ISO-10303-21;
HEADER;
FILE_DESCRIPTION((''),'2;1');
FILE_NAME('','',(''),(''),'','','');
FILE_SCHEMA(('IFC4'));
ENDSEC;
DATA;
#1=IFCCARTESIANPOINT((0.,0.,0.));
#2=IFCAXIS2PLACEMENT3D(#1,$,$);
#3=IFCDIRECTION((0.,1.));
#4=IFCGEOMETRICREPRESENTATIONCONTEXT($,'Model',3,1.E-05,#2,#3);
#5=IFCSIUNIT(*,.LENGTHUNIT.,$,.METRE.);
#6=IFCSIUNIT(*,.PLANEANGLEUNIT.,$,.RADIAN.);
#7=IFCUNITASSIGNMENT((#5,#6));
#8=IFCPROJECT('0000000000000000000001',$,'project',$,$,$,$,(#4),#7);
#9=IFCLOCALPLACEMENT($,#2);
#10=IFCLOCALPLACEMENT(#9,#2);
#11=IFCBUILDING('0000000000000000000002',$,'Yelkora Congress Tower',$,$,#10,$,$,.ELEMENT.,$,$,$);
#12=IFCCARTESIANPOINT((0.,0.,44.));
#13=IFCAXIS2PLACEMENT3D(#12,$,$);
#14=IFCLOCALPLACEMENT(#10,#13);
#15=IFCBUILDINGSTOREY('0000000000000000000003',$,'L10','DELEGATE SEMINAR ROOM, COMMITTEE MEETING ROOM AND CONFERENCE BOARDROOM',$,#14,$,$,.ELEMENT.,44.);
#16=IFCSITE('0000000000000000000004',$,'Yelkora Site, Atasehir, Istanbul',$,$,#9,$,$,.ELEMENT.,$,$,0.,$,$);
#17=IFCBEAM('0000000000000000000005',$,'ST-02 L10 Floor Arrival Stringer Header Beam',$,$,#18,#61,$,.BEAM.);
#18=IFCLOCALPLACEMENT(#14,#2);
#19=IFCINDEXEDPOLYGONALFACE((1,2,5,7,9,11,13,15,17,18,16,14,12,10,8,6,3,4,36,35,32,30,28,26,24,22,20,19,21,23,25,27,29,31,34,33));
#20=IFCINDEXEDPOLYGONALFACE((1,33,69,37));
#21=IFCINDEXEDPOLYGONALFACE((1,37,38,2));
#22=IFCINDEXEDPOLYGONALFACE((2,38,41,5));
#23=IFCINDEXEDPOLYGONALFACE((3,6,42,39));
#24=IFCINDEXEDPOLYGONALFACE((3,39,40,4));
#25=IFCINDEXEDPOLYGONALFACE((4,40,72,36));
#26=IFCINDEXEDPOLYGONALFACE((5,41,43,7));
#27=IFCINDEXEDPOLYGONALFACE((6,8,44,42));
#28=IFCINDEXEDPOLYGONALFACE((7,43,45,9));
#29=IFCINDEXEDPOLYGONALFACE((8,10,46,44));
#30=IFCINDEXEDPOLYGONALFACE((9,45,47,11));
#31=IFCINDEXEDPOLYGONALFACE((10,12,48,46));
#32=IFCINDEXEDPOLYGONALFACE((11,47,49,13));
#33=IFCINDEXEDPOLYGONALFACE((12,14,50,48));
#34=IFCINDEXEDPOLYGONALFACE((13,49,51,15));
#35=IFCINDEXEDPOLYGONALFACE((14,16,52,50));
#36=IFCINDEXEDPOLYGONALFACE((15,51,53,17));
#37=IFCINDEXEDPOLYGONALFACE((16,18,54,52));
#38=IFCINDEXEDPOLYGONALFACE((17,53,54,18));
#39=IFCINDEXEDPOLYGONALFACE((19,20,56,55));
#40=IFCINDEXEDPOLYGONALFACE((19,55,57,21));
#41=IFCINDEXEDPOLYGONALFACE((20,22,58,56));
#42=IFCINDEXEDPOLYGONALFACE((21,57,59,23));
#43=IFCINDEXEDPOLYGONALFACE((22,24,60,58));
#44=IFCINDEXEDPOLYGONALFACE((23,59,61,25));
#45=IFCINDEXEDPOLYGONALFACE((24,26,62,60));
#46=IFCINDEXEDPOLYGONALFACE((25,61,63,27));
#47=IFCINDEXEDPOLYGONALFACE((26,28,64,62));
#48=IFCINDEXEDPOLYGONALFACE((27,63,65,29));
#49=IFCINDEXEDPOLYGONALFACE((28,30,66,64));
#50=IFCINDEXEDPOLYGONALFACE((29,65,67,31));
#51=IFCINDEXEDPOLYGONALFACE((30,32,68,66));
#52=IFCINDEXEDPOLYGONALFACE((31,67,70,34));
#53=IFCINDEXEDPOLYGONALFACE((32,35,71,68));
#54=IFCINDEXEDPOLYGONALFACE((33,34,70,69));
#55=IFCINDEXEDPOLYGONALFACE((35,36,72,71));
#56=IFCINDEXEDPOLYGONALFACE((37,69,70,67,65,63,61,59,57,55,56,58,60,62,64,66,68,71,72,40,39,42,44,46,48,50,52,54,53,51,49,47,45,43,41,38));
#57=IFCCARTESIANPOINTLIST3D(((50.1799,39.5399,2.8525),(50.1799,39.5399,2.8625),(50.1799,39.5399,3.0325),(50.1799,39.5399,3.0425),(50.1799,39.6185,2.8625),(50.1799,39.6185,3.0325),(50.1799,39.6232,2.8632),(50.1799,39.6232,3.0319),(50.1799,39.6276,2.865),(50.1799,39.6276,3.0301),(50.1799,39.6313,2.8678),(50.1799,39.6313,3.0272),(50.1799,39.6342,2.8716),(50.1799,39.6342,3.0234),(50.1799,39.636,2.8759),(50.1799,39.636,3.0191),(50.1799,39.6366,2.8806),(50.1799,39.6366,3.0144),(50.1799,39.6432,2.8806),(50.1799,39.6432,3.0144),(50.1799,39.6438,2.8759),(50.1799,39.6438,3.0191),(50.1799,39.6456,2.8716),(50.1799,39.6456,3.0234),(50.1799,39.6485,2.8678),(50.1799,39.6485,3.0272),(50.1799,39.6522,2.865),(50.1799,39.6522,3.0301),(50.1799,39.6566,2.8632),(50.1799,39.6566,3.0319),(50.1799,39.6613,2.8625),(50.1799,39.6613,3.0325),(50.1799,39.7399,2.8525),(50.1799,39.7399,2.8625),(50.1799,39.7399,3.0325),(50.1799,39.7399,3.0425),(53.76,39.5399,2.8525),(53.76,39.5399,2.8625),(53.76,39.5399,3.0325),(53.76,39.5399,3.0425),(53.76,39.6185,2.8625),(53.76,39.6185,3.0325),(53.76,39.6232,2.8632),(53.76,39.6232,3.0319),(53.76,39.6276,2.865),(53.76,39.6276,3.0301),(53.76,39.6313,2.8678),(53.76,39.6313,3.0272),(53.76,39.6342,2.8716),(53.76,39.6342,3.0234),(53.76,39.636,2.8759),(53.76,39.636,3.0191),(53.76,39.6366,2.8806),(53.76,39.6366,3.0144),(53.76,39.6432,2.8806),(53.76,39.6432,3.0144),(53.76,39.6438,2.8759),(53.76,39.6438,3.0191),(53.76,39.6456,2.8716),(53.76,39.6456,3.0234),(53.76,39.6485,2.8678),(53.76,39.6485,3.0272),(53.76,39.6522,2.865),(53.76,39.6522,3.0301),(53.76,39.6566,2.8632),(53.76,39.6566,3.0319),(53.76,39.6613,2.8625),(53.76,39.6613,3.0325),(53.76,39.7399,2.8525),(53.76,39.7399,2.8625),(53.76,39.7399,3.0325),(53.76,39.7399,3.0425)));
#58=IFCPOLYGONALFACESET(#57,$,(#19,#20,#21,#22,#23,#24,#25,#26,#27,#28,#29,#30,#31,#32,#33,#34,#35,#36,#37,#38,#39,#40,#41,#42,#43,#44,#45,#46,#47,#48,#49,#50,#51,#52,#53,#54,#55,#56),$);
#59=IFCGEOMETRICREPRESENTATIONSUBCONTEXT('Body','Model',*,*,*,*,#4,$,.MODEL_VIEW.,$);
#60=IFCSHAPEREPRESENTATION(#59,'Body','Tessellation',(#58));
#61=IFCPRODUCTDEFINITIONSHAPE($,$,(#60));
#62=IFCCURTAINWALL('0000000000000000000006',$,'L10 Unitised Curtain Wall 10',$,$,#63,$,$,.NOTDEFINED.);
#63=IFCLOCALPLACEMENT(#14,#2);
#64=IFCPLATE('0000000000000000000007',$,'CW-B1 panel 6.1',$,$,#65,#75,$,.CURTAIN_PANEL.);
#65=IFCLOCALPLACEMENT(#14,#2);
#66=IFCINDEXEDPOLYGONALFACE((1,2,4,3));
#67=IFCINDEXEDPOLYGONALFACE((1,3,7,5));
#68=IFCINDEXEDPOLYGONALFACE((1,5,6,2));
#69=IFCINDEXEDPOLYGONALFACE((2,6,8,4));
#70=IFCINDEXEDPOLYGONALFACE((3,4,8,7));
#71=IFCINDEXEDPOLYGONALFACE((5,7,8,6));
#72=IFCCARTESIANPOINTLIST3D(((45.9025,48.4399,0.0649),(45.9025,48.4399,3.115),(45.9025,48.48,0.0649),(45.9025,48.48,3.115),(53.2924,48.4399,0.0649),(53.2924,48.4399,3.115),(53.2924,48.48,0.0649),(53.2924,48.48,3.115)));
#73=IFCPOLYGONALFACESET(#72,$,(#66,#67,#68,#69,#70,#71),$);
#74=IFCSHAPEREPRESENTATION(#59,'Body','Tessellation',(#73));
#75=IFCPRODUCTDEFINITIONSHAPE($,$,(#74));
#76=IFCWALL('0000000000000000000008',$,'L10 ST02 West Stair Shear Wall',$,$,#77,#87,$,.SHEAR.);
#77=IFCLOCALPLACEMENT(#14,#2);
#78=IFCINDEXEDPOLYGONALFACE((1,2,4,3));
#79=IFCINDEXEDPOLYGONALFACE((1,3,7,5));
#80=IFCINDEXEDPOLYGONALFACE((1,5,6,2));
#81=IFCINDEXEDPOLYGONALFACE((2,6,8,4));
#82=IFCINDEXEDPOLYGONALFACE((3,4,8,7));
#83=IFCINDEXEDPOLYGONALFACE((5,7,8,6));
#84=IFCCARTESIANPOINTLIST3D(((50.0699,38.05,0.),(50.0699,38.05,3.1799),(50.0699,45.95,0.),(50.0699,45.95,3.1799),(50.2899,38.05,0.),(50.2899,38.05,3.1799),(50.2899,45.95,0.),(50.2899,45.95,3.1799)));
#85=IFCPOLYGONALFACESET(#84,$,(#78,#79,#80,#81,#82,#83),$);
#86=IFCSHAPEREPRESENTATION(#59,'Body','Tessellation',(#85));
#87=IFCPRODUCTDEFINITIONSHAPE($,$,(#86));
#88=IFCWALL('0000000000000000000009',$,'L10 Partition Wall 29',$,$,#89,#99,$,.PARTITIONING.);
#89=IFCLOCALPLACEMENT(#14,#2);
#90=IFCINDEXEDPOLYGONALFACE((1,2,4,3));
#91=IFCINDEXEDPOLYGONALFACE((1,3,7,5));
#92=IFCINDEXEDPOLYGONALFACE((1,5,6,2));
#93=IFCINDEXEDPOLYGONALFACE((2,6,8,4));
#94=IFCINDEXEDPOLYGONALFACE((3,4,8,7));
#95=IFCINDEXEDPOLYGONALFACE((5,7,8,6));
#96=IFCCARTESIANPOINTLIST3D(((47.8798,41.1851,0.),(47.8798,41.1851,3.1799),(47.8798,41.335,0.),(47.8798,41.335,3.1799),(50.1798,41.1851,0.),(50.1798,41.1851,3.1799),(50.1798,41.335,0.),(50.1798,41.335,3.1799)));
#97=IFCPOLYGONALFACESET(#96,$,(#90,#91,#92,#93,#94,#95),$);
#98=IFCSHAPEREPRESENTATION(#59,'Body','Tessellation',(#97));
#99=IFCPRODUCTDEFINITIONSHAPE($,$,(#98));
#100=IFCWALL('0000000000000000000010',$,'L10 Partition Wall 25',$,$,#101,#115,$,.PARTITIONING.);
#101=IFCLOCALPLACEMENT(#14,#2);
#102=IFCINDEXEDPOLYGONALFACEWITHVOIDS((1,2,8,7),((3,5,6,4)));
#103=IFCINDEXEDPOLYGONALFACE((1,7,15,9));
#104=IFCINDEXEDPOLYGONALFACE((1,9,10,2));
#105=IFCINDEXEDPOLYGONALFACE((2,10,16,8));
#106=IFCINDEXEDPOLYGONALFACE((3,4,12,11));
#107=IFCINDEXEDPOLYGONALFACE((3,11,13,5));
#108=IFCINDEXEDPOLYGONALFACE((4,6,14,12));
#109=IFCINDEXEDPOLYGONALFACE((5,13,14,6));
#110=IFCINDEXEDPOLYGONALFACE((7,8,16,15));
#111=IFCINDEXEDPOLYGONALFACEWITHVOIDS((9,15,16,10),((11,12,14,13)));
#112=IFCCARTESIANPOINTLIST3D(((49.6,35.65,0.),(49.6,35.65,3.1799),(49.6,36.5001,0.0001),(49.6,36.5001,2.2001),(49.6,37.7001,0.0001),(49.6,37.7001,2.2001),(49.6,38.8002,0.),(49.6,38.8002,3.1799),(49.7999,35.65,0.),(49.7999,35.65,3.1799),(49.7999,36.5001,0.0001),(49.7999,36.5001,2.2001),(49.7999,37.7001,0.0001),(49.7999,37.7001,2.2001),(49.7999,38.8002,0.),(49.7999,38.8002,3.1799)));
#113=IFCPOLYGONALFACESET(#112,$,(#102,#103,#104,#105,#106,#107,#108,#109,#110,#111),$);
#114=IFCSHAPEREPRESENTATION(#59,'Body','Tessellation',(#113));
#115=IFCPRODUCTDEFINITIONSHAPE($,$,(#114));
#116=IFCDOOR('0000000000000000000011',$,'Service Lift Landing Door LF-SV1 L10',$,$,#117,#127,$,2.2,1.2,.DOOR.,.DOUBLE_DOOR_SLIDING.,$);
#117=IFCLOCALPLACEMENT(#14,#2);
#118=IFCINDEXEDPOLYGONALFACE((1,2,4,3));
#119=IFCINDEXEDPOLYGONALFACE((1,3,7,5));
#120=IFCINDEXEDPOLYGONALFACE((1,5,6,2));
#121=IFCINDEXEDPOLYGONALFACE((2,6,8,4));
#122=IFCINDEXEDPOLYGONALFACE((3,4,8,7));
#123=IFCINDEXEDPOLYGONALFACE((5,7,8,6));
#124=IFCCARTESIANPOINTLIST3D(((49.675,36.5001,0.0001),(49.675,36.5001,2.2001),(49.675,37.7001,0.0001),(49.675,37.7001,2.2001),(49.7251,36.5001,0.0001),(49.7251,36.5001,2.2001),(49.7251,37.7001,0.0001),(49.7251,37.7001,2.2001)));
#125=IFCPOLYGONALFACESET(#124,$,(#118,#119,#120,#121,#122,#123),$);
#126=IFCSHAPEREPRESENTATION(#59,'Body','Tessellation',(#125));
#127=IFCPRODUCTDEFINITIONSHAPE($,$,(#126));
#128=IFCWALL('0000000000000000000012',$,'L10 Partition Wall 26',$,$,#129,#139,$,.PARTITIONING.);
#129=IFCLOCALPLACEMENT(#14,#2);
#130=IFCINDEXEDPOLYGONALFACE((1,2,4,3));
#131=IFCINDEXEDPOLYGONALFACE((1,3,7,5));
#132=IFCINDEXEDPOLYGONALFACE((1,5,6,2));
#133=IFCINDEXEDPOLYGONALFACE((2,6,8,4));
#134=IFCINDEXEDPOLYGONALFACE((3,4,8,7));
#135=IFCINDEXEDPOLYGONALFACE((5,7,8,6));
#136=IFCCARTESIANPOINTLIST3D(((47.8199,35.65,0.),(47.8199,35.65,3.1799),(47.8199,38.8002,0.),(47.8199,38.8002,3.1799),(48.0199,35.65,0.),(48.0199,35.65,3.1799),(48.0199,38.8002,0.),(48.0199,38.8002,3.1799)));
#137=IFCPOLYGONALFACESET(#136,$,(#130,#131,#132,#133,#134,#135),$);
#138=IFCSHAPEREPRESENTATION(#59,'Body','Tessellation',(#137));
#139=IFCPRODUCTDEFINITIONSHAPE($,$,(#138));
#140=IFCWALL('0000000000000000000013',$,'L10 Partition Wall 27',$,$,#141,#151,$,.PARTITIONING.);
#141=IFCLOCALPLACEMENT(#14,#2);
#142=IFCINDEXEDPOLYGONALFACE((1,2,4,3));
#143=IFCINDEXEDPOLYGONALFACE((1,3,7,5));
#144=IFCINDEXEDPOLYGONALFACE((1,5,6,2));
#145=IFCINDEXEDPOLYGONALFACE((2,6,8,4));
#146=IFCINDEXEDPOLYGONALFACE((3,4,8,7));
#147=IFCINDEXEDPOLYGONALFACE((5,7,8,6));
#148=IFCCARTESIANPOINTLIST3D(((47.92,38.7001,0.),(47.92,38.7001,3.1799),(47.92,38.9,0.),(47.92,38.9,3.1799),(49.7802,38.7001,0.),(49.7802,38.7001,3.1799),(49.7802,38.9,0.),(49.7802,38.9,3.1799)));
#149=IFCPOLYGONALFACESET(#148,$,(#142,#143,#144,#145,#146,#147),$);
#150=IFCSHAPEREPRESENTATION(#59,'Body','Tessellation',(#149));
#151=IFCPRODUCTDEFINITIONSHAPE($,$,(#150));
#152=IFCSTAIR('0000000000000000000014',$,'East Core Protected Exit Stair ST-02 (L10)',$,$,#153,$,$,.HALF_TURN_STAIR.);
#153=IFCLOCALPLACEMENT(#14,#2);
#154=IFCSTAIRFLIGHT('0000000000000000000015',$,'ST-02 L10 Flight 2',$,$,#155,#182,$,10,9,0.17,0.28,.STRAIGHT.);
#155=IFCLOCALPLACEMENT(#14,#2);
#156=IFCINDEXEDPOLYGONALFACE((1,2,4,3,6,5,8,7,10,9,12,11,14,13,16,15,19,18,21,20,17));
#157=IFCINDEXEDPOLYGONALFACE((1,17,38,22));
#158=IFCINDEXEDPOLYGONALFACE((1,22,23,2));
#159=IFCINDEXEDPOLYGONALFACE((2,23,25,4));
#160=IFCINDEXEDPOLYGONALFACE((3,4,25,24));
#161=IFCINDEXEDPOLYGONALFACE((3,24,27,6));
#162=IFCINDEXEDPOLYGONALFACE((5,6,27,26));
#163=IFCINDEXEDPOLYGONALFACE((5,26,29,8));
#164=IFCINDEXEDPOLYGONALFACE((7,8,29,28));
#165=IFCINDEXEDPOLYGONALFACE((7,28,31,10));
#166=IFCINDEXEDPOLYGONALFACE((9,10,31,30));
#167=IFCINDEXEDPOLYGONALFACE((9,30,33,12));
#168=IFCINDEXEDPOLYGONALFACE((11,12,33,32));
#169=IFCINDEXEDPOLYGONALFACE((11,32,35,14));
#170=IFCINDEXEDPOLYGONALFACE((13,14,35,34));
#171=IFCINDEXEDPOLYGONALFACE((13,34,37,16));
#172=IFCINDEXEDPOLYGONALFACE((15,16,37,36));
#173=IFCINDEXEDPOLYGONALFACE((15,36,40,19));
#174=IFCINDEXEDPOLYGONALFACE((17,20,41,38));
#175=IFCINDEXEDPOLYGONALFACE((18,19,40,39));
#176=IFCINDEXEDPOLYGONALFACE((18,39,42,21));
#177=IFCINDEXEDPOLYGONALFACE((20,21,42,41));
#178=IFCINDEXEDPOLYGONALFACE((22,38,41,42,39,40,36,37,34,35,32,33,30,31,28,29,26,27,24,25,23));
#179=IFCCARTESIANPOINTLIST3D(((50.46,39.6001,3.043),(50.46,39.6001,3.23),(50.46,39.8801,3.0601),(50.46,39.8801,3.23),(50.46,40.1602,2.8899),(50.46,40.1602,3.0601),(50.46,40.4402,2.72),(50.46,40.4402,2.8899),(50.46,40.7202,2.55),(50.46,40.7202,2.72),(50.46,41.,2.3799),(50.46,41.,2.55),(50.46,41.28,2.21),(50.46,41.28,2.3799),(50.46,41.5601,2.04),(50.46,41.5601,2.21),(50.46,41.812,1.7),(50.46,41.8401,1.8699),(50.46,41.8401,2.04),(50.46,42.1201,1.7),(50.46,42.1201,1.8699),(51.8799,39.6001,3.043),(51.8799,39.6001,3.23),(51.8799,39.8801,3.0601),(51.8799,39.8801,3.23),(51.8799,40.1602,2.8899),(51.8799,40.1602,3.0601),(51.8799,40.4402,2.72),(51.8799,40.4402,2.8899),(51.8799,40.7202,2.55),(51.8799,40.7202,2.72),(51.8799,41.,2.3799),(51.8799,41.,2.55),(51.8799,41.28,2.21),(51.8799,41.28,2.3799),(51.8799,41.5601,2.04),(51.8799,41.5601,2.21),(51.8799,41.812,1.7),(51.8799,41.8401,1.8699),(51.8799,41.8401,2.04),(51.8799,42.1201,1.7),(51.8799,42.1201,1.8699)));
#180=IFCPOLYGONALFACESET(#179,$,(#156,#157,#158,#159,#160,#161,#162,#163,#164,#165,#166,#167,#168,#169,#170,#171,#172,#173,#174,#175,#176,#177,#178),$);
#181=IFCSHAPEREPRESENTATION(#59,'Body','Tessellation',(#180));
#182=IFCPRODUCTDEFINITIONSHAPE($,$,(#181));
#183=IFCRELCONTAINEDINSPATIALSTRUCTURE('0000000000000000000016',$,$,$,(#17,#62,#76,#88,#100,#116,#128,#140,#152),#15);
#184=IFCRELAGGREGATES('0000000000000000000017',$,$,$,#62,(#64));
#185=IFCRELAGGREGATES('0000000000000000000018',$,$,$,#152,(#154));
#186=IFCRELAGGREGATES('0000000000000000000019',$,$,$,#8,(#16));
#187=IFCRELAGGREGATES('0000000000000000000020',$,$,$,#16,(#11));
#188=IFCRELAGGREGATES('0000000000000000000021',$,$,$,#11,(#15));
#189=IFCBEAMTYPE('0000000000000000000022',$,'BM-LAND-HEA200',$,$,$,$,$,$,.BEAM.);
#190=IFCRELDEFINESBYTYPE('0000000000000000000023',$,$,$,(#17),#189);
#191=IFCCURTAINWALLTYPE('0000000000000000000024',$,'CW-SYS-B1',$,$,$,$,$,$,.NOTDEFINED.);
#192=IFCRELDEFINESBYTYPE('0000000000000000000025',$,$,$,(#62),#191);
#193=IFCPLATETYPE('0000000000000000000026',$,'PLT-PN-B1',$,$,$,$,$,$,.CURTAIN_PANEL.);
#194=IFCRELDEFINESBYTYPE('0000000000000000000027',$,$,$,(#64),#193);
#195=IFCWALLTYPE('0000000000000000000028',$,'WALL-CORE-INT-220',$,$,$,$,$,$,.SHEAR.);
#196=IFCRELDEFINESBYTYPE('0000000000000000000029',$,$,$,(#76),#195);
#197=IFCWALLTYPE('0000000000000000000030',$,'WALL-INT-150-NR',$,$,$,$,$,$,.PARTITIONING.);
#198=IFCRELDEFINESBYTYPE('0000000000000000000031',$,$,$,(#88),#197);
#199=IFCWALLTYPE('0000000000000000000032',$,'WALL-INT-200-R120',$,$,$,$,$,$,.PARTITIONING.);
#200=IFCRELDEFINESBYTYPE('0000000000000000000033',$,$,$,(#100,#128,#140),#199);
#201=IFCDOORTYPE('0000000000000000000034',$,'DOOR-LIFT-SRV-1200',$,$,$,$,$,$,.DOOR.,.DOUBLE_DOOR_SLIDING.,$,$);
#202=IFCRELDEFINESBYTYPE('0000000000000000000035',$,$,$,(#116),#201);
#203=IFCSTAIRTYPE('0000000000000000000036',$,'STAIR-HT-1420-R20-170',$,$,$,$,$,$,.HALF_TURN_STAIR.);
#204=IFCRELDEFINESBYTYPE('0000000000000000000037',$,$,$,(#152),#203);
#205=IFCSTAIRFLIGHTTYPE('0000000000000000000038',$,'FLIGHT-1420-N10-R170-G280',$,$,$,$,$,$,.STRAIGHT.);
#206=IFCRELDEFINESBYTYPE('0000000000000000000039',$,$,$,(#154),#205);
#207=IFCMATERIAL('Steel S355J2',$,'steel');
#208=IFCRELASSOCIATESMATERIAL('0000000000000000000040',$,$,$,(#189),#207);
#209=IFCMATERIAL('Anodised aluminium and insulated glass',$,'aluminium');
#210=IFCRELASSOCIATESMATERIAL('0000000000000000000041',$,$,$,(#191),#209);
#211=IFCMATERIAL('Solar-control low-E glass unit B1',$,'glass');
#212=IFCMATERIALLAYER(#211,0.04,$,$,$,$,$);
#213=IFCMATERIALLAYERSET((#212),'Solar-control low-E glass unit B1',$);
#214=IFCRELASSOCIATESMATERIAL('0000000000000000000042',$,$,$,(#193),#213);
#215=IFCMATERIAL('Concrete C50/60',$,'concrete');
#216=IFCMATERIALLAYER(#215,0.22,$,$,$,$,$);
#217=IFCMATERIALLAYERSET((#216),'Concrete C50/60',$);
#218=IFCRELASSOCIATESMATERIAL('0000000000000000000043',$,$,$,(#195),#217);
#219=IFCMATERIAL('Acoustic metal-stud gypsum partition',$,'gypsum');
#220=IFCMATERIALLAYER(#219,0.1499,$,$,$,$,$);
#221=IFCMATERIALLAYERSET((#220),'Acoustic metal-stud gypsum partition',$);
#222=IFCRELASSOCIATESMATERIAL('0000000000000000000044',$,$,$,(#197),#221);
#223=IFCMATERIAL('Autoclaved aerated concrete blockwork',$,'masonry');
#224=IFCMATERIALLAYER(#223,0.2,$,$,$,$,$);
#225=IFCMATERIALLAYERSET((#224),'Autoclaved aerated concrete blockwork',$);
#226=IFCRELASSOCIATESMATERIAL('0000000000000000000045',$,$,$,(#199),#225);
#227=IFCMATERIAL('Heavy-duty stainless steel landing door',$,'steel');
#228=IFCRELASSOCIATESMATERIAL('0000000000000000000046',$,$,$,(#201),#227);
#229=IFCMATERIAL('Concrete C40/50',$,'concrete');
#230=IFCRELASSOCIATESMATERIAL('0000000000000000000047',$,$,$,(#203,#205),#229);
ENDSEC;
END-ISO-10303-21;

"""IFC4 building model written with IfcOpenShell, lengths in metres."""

from ifc_helpers import new_model, si_unit, direction, frame, frame_2d, origin, origin_2d, place, context, subcontext, project, spatial, polyline, rectangle, i_section, outline, extrude, material, layer, layer_set, material_profile, profile_set, type_object, element, fill, aggregate, save


model = new_model("IFC4")

# Units and contexts
model_context = context("Model", 3, precision=1e-05, world=origin(), true_north=direction((0.0, 1.0)))
body_context = subcontext(model_context, "Body", "Model", "MODEL_VIEW")
ifc_project = project(units=[si_unit("LENGTHUNIT", "METRE"), si_unit("PLANEANGLEUNIT", "RADIAN")], contexts=[model_context])

# Site, building, storey
site_placement = place(None, origin())
site = spatial("IfcSite", under=ifc_project, at=site_placement, Name="Yelkora Site, Atasehir, Istanbul", CompositionType="ELEMENT", RefElevation=0.0)
building_placement = place(site_placement, origin())
building = spatial("IfcBuilding", under=site, at=building_placement, Name="Yelkora Congress Tower", CompositionType="ELEMENT")
storey_placement = place(building_placement, frame((0.0, 0.0, 44.0)))
storey = spatial("IfcBuildingStorey", under=building, at=storey_placement, Name="L10", Description="DELEGATE SEMINAR ROOM, COMMITTEE MEETING ROOM AND CONFERENCE BOARDROOM", CompositionType="ELEMENT", Elevation=44.0)

# Beam
ifc_material_1 = material(Name="Steel S355J2", Category="steel")
ifc_material_profile_1 = material_profile(ifc_material_1, i_section(OverallWidth=0.2, OverallDepth=0.1899, WebThickness=0.0066, FlangeThickness=0.01, FilletRadius=0.0181, at=origin_2d()), Name="HEA 200")
ifc_profile_set_1 = profile_set([ifc_material_profile_1], Name="Steel S355J2")
beam_type = type_object("IfcBeamType", Name="BM-LAND-HEA200", PredefinedType="BEAM", material=ifc_profile_set_1)
beam_1_placement = place(storey_placement, frame((50.1799, 39.6399, 2.9475), z_axis=(1.0, 0.0, 0.0), x_axis=(0.0, 1.0, 0.0)))
element("IfcBeam", 1, at=beam_1_placement, inside=storey, type_object=beam_type, Name="ST-02 L10 Floor Arrival Stringer Header Beam", PredefinedType="BEAM", context=body_context, shape_type="SweptSolid", body=[
    extrude(i_section(OverallWidth=0.2, OverallDepth=0.1899, WebThickness=0.0066, FlangeThickness=0.01, FilletRadius=0.0181, at=origin_2d()), origin(), (0.0, 0.0, 1.0), 3.5801),
])

# Curtain wall, plate
ifc_material_2 = material(Name="Anodised aluminium and insulated glass", Category="aluminium")
curtain_wall_type = type_object("IfcCurtainWallType", Name="CW-SYS-B1", PredefinedType="NOTDEFINED", material=ifc_material_2)
curtain_wall_placement = place(storey_placement, origin())
curtain_wall = element("IfcCurtainWall", 2, at=curtain_wall_placement, inside=storey, type_object=curtain_wall_type, Name="L10 Unitised Curtain Wall 10", PredefinedType="NOTDEFINED")
ifc_material_3 = material(Name="Solar-control low-E glass unit B1", Category="glass")
ifc_layer_1 = layer(ifc_material_3, 0.04)
ifc_layer_set_1 = layer_set([ifc_layer_1], Name="Solar-control low-E glass unit B1")
plate_type = type_object("IfcPlateType", Name="PLT-PN-B1", PredefinedType="CURTAIN_PANEL", material=ifc_layer_set_1)
plate_placement = place(storey_placement, frame((49.5974, 48.46, 0.0649), z_axis=(0.0, 0.0, 1.0), x_axis=(1.0, 0.0, 0.0)))
plate = element("IfcPlate", 3, at=plate_placement, type_object=plate_type, Name="CW-B1 panel 6.1", PredefinedType="CURTAIN_PANEL", context=body_context, shape_type="SweptSolid", body=[
    extrude(rectangle(XDim=7.3899, YDim=0.04, at=origin_2d()), origin(), (0.0, 0.0, 1.0), 3.05),
])
aggregate(curtain_wall, [plate])

# Walls
ifc_material_4 = material(Name="Concrete C50/60", Category="concrete")
ifc_layer_2 = layer(ifc_material_4, 0.22)
ifc_layer_set_2 = layer_set([ifc_layer_2], Name="Concrete C50/60")
wall_type_1 = type_object("IfcWallType", Name="WALL-CORE-INT-220", PredefinedType="SHEAR", material=ifc_layer_set_2)
wall_1_placement = place(storey_placement, frame((50.1799, 38.05, 0.0), z_axis=(0.0, 0.0, 1.0), x_axis=(0.0, 1.0, 0.0)))
element("IfcWall", 4, at=wall_1_placement, inside=storey, type_object=wall_type_1, Name="L10 ST02 West Stair Shear Wall", PredefinedType="SHEAR", context=body_context, shape_type="SweptSolid", body=[
    extrude(rectangle(XDim=7.8999, YDim=0.22, at=frame_2d((3.95, 0.0))), origin(), (0.0, 0.0, 1.0), 3.1799),
])
ifc_material_5 = material(Name="Acoustic metal-stud gypsum partition", Category="gypsum")
ifc_layer_3 = layer(ifc_material_5, 0.1499)
ifc_layer_set_3 = layer_set([ifc_layer_3], Name="Acoustic metal-stud gypsum partition")
wall_type_2 = type_object("IfcWallType", Name="WALL-INT-150-NR", PredefinedType="PARTITIONING", material=ifc_layer_set_3)
wall_2_placement = place(storey_placement, frame((47.8799, 41.26, 0.0), z_axis=(0.0, 0.0, 1.0), x_axis=(1.0, 0.0, 0.0)))
element("IfcWall", 5, at=wall_2_placement, inside=storey, type_object=wall_type_2, Name="L10 Partition Wall 29", PredefinedType="PARTITIONING", context=body_context, shape_type="SweptSolid", body=[
    extrude(rectangle(XDim=2.3, YDim=0.1499, at=frame_2d((1.1499, 0.0))), origin(), (0.0, 0.0, 1.0), 3.1799),
])

# Wall, opening, door
ifc_material_6 = material(Name="Autoclaved aerated concrete blockwork", Category="masonry")
ifc_layer_4 = layer(ifc_material_6, 0.2)
ifc_layer_set_4 = layer_set([ifc_layer_4], Name="Autoclaved aerated concrete blockwork")
wall_type_3 = type_object("IfcWallType", Name="WALL-INT-200-R120", PredefinedType="PARTITIONING", material=ifc_layer_set_4)
wall_3_placement = place(storey_placement, frame((49.7, 35.6499, 0.0), z_axis=(0.0, 0.0, 1.0), x_axis=(0.0, 1.0, 0.0)))
wall_3 = element("IfcWall", 6, at=wall_3_placement, inside=storey, type_object=wall_type_3, Name="L10 Partition Wall 25", PredefinedType="PARTITIONING", context=body_context, shape_type="SweptSolid", body=[
    extrude(rectangle(XDim=3.1501, YDim=0.2, at=frame_2d((1.5752, 0.0))), origin(), (0.0, 0.0, 1.0), 3.1799),
])
opening_1_placement = place(wall_3_placement, frame((0.8501, 0.0, 0.0)))
opening_1 = element("IfcOpeningElement", 7, at=opening_1_placement, cuts=wall_3, PredefinedType="OPENING", context=body_context, shape_type="SweptSolid", body=[
    extrude(rectangle(XDim=1.2, YDim=2.2, at=frame_2d((0.6001, 1.1001))), frame((0.0, 0.1099, 0.0), z_axis=(0.0, -1.0, 0.0), x_axis=(1.0, 0.0, 0.0)), (0.0, 0.0, 1.0), 0.22),
])
ifc_material_7 = material(Name="Heavy-duty stainless steel landing door", Category="steel")
door_type_1 = type_object("IfcDoorType", Name="DOOR-LIFT-SRV-1200", OperationType="DOUBLE_DOOR_SLIDING", PredefinedType="DOOR", material=ifc_material_7)
door_1_placement = place(opening_1_placement, origin())
door_1 = element("IfcDoor", 8, at=door_1_placement, inside=storey, type_object=door_type_1, Name="Service Lift Landing Door LF-SV1 L10", OperationType="DOUBLE_DOOR_SLIDING", OverallHeight=2.2, OverallWidth=1.2, PredefinedType="DOOR", context=body_context, shape_type="SweptSolid", body=[
    extrude(rectangle(XDim=1.2, YDim=2.2, at=frame_2d((0.6001, 1.1001))), frame((0.0, 0.0249, 0.0), z_axis=(0.0, -1.0, 0.0), x_axis=(1.0, 0.0, 0.0)), (0.0, 0.0, 1.0), 0.05),
])
fill(opening_1, door_1)

# Walls
wall_4_placement = place(storey_placement, frame((47.9199, 35.6499, 0.0), z_axis=(0.0, 0.0, 1.0), x_axis=(0.0, 1.0, 0.0)))
element("IfcWall", 9, at=wall_4_placement, inside=storey, type_object=wall_type_3, Name="L10 Partition Wall 26", PredefinedType="PARTITIONING", context=body_context, shape_type="SweptSolid", body=[
    extrude(rectangle(XDim=3.1501, YDim=0.2, at=frame_2d((1.5752, 0.0))), origin(), (0.0, 0.0, 1.0), 3.1799),
])
wall_5_placement = place(storey_placement, frame((47.9199, 38.8, 0.0), z_axis=(0.0, 0.0, 1.0), x_axis=(1.0, 0.0, 0.0)))
element("IfcWall", 10, at=wall_5_placement, inside=storey, type_object=wall_type_3, Name="L10 Partition Wall 27", PredefinedType="PARTITIONING", context=body_context, shape_type="SweptSolid", body=[
    extrude(rectangle(XDim=1.8601, YDim=0.2, at=frame_2d((0.9302, 0.0))), origin(), (0.0, 0.0, 1.0), 3.1799),
])

# Stair, stair flight
ifc_material_8 = material(Name="Concrete C40/50", Category="concrete")
stair_type = type_object("IfcStairType", Name="STAIR-HT-1420-R20-170", PredefinedType="HALF_TURN_STAIR", material=ifc_material_8)
stair_placement = place(storey_placement, origin())
stair = element("IfcStair", 11, at=stair_placement, inside=storey, type_object=stair_type, Name="East Core Protected Exit Stair ST-02 (L10)", PredefinedType="HALF_TURN_STAIR")
stair_flight_type = type_object("IfcStairFlightType", Name="FLIGHT-1420-N10-R170-G280", PredefinedType="STRAIGHT", material=ifc_material_8)
stair_flight_placement = place(storey_placement, frame((51.1699, 42.1201, 1.7), z_axis=(0.0, 0.0, 1.0), x_axis=(0.0, -1.0, 0.0)))
stair_flight = element("IfcStairFlight", 12, at=stair_flight_placement, type_object=stair_flight_type, Name="ST-02 L10 Flight 2", NumberOfRisers=10, NumberOfTreads=9, PredefinedType="STRAIGHT", RiserHeight=0.17, TreadLength=0.28, context=body_context, shape_type="SweptSolid", body=[
    extrude(outline(polyline([(0.0, 0.0), (0.0, 0.1699), (0.28, 0.1699), (0.28, 0.3401), (0.5601, 0.3401), (0.5601, 0.51), (0.8401, 0.51), (0.8401, 0.6799), (1.1201, 0.6799), (1.1201, 0.8501), (1.3999, 0.8501), (1.3999, 1.02), (1.6799, 1.02), (1.6799, 1.1899), (1.96, 1.1899), (1.96, 1.3601), (2.24, 1.3601), (2.24, 1.53), (2.52, 1.53), (2.52, 1.7), (2.52, 1.343), (0.3081, 0.0), (0.0, 0.0)])), frame((0.0, 0.71, 0.0), z_axis=(0.0, -1.0, 0.0), x_axis=(1.0, 0.0, 0.0)), (0.0, 0.0, 1.0), 1.4199),
])
aggregate(stair, [stair_flight])

save(model, "model.ifc")
